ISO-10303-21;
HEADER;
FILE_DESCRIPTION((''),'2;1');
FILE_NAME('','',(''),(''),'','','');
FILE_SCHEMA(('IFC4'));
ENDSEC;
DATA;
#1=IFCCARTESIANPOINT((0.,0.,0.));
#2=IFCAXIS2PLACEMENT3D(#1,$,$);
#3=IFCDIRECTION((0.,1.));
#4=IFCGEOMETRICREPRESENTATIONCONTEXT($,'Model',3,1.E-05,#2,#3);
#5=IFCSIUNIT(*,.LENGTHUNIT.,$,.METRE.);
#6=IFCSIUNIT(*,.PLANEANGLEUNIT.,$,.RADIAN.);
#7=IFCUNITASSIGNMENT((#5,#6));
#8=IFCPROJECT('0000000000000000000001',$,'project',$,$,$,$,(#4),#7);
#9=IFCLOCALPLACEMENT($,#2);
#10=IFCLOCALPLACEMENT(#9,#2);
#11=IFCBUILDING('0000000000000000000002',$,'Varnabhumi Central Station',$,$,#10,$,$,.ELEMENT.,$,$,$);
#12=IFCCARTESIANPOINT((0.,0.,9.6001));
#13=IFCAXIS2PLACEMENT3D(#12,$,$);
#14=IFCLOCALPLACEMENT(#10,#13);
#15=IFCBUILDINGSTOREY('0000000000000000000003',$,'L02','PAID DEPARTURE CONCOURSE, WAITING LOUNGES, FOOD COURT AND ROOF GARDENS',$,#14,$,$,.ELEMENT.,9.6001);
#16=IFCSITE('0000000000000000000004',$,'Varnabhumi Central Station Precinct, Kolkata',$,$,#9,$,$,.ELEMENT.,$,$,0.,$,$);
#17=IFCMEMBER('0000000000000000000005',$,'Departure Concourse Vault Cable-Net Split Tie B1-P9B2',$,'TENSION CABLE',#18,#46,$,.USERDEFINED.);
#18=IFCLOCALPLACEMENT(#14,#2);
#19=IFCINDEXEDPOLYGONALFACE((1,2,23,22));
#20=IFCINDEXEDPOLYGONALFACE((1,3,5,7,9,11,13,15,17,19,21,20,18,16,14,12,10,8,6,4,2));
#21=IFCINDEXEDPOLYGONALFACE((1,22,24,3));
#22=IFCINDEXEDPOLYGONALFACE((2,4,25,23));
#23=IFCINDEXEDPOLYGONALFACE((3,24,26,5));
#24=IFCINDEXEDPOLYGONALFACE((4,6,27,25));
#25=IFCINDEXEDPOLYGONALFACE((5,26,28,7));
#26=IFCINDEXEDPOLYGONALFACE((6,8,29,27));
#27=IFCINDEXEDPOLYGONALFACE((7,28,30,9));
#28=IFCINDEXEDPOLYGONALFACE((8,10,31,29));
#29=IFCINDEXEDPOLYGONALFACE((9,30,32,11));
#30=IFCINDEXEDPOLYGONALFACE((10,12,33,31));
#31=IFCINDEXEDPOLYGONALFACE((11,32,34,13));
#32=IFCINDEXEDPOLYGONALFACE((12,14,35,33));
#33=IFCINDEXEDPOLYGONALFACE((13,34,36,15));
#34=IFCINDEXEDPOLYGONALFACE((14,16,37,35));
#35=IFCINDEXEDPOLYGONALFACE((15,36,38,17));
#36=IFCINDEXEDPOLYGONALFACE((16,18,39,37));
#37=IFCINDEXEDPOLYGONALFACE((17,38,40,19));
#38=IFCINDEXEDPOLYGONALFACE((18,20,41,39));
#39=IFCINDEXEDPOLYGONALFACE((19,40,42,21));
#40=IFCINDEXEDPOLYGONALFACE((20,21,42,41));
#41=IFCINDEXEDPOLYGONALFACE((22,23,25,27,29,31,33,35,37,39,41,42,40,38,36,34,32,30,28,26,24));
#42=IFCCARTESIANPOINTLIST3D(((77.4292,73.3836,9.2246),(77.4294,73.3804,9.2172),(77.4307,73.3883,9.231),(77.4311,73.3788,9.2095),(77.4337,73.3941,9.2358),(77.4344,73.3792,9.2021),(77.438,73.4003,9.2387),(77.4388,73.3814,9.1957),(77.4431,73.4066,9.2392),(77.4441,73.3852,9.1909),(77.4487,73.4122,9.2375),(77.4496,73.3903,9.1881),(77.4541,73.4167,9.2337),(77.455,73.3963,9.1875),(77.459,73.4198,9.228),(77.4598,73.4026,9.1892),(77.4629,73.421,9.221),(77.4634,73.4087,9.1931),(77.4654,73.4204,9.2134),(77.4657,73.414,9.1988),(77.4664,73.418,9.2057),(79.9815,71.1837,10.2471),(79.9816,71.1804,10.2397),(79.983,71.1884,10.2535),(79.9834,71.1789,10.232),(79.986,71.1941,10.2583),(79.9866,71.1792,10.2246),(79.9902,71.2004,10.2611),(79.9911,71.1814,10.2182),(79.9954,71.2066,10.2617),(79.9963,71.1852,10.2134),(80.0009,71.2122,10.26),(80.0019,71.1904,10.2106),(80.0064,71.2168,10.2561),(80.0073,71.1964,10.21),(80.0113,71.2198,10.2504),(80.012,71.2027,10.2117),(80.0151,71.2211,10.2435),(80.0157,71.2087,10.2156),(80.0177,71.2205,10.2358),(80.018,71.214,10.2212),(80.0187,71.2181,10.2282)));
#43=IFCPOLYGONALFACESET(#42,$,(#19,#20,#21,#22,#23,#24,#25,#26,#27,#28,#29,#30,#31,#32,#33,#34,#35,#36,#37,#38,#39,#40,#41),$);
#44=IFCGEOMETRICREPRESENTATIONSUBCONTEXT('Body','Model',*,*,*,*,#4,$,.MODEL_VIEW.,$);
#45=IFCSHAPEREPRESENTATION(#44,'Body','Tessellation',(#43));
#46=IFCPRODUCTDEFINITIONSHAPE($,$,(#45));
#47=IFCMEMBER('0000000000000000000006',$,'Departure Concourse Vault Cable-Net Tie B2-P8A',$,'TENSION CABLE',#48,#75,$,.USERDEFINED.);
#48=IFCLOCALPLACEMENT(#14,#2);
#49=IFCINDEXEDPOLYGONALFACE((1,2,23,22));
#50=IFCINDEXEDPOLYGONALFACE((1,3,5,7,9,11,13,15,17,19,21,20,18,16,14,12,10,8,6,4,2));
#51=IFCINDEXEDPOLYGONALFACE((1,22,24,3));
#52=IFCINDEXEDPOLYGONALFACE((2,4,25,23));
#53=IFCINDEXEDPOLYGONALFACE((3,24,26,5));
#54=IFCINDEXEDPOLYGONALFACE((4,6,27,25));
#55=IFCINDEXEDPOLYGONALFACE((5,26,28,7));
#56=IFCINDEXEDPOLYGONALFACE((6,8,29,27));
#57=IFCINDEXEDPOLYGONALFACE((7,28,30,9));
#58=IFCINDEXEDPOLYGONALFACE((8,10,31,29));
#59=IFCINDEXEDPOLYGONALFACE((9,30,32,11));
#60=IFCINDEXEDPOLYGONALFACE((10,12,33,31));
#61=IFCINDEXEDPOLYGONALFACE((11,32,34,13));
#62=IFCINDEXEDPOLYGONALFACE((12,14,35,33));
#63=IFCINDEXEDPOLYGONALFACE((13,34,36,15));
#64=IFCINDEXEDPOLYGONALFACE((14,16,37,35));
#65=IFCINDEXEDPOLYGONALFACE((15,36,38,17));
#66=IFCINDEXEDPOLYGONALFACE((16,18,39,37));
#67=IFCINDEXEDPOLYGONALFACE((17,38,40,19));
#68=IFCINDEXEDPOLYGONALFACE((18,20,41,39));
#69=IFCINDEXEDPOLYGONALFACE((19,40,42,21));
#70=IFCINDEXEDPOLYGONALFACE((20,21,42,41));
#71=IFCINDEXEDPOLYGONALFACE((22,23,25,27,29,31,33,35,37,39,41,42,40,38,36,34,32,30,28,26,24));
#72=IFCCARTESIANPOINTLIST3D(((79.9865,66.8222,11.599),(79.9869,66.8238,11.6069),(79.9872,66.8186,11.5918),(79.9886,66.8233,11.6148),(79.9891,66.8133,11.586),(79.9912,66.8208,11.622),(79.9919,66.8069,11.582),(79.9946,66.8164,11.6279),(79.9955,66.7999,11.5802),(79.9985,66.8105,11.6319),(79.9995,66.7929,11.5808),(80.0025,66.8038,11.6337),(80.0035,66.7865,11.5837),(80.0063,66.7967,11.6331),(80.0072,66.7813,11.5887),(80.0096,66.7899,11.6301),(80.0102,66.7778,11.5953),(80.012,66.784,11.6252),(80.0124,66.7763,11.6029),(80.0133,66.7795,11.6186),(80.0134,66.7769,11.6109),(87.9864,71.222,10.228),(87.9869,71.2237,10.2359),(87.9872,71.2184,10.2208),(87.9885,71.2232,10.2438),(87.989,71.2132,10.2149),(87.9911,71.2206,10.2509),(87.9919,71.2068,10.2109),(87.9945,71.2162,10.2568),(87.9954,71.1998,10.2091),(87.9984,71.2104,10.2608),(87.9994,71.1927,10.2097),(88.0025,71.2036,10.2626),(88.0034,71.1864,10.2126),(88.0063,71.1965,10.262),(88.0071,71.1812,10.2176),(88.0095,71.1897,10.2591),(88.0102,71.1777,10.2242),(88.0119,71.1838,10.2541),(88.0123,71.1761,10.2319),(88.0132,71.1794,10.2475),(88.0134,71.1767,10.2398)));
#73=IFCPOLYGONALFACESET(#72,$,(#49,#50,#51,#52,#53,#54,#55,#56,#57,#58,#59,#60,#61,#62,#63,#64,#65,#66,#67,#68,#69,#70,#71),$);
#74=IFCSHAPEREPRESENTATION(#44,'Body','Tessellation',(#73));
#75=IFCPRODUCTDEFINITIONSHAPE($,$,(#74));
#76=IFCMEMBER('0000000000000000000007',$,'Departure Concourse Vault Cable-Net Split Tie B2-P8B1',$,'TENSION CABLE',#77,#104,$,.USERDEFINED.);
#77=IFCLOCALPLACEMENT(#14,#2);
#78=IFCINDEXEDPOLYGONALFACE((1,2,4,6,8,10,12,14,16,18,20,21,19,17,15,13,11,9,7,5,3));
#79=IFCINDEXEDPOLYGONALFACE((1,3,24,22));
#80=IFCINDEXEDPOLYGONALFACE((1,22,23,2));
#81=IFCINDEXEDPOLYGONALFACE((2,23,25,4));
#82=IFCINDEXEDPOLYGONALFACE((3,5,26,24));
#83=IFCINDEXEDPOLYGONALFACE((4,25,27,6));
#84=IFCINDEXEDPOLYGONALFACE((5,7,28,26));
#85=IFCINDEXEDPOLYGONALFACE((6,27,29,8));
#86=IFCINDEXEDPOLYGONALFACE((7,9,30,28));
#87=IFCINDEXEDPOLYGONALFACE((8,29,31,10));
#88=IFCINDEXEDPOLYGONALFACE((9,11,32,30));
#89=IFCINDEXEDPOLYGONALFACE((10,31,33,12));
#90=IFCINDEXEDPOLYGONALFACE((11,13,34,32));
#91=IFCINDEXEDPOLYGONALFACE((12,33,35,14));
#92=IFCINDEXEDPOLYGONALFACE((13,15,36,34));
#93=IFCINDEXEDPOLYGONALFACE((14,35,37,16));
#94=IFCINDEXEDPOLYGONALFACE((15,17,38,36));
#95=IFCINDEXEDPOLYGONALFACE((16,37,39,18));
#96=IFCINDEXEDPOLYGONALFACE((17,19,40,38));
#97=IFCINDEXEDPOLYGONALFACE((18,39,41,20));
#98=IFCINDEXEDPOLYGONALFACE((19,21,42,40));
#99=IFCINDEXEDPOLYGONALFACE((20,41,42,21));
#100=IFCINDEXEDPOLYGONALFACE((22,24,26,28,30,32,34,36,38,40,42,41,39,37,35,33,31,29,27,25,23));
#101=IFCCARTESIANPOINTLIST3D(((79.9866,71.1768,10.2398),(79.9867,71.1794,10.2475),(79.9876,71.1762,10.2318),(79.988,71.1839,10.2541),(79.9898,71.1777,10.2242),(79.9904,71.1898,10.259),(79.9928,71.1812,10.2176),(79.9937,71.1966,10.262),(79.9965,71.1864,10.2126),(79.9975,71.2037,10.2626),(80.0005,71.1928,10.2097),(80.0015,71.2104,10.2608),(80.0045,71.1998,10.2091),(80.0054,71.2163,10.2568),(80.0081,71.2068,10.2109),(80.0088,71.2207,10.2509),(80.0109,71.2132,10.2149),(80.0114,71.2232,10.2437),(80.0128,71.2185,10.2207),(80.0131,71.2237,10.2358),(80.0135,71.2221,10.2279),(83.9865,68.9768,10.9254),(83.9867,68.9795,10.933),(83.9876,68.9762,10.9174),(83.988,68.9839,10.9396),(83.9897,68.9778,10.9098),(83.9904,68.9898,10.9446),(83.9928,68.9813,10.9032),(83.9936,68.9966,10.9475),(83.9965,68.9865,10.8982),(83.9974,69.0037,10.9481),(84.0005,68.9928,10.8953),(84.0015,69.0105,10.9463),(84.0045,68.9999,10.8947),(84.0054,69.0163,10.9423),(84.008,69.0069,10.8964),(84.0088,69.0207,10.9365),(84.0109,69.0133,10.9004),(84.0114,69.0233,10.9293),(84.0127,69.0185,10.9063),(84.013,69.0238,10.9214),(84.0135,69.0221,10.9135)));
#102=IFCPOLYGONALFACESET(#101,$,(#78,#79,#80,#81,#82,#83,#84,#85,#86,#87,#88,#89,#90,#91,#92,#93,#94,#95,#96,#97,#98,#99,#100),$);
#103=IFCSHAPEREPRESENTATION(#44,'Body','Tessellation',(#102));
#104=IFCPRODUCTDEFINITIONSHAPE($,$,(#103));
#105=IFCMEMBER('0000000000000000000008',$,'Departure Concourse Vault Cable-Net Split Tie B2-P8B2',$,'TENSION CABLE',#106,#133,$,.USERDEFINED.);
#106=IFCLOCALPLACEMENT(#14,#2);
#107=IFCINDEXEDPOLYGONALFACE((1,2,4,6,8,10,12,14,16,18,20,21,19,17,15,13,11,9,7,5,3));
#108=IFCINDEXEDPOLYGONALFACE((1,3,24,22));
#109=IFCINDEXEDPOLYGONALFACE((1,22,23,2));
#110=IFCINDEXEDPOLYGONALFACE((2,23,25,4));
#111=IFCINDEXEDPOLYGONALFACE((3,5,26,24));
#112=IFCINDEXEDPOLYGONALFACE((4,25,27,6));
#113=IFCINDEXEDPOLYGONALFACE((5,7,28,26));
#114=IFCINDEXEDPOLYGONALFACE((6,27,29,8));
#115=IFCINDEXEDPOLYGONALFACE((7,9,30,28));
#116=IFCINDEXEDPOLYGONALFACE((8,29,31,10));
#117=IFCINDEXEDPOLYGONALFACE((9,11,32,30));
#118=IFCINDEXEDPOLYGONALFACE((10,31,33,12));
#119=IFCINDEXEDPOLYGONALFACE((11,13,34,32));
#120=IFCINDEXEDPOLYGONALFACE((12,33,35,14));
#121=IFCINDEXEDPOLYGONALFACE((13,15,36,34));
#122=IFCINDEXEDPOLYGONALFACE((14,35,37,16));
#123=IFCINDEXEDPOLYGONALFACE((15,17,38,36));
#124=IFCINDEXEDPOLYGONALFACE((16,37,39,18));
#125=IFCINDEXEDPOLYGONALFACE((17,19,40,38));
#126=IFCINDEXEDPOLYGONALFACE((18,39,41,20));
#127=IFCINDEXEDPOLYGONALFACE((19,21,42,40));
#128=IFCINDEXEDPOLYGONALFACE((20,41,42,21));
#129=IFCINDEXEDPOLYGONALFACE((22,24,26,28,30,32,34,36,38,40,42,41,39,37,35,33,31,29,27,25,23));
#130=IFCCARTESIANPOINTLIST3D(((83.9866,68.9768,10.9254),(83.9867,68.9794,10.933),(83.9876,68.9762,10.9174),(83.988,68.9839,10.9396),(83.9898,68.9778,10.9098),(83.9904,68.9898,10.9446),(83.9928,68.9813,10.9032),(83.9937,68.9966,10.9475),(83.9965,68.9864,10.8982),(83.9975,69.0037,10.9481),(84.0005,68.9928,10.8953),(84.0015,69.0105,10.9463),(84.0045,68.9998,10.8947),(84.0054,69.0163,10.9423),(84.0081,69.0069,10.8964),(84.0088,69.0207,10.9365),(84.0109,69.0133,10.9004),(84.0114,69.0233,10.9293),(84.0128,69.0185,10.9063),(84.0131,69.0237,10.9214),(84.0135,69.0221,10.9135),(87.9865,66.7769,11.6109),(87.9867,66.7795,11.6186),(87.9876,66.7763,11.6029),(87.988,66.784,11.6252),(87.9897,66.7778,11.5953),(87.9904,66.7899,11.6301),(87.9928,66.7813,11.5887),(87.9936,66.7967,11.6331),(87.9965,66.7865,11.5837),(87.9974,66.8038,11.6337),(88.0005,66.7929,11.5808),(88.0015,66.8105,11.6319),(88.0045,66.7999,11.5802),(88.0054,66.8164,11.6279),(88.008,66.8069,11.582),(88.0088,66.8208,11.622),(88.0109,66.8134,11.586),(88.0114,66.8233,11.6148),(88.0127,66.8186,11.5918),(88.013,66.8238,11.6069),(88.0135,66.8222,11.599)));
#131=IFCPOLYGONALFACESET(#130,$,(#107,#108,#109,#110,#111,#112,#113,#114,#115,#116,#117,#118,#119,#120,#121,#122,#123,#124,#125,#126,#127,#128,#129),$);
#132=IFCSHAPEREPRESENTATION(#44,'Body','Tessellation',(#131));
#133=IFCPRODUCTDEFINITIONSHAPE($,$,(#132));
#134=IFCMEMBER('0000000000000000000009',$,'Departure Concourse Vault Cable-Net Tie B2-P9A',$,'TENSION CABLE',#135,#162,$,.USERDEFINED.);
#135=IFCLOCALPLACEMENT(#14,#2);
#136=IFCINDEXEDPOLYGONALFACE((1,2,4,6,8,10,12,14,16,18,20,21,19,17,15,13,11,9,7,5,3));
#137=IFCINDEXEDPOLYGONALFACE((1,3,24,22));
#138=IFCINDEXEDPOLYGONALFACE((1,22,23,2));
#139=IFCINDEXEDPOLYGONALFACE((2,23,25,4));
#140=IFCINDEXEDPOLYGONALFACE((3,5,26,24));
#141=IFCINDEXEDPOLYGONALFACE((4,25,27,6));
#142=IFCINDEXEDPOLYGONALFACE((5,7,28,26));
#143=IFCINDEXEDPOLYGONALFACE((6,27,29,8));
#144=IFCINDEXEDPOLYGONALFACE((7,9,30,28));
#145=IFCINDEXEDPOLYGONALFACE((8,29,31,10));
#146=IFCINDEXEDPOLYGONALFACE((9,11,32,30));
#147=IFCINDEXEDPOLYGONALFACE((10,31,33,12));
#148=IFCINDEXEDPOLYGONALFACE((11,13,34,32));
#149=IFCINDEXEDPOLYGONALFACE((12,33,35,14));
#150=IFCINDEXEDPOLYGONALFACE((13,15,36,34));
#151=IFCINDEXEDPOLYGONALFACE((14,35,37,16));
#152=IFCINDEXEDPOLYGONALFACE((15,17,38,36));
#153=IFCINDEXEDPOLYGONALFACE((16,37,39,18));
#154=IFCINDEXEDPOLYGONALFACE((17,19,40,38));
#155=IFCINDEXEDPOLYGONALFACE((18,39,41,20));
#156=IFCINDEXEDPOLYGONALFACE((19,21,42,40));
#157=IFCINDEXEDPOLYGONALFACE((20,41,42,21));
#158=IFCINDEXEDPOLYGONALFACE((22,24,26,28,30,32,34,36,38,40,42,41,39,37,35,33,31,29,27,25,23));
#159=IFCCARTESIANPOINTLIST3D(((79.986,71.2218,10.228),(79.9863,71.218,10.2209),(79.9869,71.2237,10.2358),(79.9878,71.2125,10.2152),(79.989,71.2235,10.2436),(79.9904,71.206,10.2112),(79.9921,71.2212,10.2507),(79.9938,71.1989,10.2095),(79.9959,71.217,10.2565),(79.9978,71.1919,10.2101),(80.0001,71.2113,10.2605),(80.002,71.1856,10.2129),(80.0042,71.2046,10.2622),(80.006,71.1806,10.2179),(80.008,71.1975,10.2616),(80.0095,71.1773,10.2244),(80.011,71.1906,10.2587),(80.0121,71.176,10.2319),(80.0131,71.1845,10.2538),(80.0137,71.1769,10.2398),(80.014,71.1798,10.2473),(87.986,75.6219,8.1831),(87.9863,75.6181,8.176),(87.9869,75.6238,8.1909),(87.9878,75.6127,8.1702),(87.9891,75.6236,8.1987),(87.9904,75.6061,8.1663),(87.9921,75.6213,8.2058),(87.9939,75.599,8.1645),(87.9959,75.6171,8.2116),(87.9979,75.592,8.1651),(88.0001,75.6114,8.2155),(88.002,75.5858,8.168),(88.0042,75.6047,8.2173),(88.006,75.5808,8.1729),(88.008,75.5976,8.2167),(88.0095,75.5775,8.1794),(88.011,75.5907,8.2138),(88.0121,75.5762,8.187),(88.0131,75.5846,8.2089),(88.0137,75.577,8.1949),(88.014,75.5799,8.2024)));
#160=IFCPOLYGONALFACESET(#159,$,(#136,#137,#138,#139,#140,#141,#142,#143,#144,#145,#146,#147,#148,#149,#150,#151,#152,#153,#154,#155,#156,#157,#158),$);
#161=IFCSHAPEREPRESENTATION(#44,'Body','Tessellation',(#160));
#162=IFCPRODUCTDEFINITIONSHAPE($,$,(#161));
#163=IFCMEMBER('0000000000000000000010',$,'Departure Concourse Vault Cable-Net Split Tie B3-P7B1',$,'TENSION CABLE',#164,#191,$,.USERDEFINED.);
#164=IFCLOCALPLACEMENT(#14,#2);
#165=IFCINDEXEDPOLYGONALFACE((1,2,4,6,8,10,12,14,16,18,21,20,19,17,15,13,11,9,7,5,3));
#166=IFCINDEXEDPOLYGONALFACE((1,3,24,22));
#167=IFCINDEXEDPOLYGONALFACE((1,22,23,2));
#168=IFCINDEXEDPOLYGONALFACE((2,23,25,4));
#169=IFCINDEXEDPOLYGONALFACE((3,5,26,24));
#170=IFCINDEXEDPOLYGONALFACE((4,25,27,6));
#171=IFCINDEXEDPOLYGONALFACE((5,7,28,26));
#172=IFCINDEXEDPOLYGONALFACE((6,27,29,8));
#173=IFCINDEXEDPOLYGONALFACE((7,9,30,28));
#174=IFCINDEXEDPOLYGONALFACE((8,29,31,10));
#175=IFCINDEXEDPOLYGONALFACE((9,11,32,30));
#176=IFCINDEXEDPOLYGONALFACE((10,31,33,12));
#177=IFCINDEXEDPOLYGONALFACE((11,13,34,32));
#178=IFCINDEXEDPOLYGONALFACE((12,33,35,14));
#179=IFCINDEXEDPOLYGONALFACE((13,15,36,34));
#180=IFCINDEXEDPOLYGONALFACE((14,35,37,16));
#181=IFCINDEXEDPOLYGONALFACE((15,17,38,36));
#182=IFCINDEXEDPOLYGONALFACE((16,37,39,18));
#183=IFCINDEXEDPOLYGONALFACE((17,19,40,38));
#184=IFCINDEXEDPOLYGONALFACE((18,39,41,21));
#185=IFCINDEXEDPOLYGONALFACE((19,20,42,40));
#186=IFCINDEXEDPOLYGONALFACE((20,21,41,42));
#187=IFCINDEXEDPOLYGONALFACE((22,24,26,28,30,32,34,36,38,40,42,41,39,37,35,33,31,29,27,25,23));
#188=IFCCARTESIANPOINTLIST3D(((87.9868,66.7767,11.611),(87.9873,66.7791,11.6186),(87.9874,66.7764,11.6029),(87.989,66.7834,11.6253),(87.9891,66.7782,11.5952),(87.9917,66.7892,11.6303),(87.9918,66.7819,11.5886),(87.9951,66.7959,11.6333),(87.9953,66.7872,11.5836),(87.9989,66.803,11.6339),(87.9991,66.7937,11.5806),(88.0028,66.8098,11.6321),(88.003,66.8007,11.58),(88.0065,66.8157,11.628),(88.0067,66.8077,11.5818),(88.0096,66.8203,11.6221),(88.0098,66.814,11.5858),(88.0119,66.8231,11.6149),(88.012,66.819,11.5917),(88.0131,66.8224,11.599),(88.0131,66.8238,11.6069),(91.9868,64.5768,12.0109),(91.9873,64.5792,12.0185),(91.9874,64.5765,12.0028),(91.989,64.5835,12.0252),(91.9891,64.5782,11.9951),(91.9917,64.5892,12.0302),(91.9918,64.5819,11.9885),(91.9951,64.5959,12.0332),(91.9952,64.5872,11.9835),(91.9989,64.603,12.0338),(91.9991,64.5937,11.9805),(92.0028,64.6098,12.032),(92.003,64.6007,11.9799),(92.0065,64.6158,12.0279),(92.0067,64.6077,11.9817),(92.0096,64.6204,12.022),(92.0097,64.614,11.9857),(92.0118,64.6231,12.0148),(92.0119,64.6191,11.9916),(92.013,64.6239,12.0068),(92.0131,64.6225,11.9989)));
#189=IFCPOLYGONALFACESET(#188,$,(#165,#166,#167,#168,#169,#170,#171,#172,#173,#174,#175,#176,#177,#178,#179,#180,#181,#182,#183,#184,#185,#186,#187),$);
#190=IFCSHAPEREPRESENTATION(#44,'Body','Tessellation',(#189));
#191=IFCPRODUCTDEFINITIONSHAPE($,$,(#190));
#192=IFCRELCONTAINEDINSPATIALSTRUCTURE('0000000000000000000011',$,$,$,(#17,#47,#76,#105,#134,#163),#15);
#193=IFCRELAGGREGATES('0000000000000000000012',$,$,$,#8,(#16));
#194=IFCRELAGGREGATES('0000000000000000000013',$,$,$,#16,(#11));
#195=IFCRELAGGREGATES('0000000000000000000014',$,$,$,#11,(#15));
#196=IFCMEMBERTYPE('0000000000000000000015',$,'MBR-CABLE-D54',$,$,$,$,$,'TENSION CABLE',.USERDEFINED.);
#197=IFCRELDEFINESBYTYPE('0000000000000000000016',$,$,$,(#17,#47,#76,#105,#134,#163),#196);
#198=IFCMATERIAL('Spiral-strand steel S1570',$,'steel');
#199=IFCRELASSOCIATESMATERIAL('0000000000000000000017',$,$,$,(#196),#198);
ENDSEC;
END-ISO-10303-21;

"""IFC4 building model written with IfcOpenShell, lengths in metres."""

from ifc_helpers import new_model, si_unit, direction, frame, origin, origin_2d, place, context, subcontext, project, spatial, circle, extrude, material, material_profile, profile_set, type_object, element, save


model = new_model("IFC4")

# Units and contexts
model_context = context("Model", 3, precision=1e-05, world=origin(), true_north=direction((0.0, 1.0)))
body_context = subcontext(model_context, "Body", "Model", "MODEL_VIEW")
ifc_project = project(units=[si_unit("LENGTHUNIT", "METRE"), si_unit("PLANEANGLEUNIT", "RADIAN")], contexts=[model_context])

# Site, building, storey
site_placement = place(None, origin())
site = spatial("IfcSite", under=ifc_project, at=site_placement, Name="Varnabhumi Central Station Precinct, Kolkata", CompositionType="ELEMENT", RefElevation=0.0)
building_placement = place(site_placement, origin())
building = spatial("IfcBuilding", under=site, at=building_placement, Name="Varnabhumi Central Station", CompositionType="ELEMENT")
storey_placement = place(building_placement, frame((0.0, 0.0, 9.6001)))
storey = spatial("IfcBuildingStorey", under=building, at=storey_placement, Name="L02", Description="PAID DEPARTURE CONCOURSE, WAITING LOUNGES, FOOD COURT AND ROOF GARDENS", CompositionType="ELEMENT", Elevation=9.6001)

# Members
ifc_material_1 = material(Name="Spiral-strand steel S1570", Category="steel")
ifc_material_profile_1 = material_profile(ifc_material_1, circle(Radius=0.0271, at=origin_2d()), Name="Spiral-strand steel S1570", Category="steel")
ifc_profile_set_1 = profile_set([ifc_material_profile_1], Name="Spiral-strand steel S1570")
member_type = type_object("IfcMemberType", Name="MBR-CABLE-D54", ElementType="TENSION CABLE", PredefinedType="USERDEFINED", material=ifc_profile_set_1)
member_1_placement = place(storey_placement, frame((77.4478, 73.3999, 9.2134), z_axis=(0.724813, -0.624765, 0.290369), x_axis=(0.652895, 0.757448, 0.0)))
element("IfcMember", 1, at=member_1_placement, inside=storey, type_object=member_type, Name="Departure Concourse Vault Cable-Net Split Tie B1-P9B2", ObjectType="TENSION CABLE", PredefinedType="USERDEFINED", context=body_context, shape_type="SweptSolid", body=[
    extrude(circle(Radius=0.0271, at=origin_2d()), origin(), (0.0, 0.0, 1.0), 3.5212),
])
member_2_placement = place(storey_placement, frame((80.0, 66.8, 11.6069), z_axis=(0.866504, 0.476567, -0.148507), x_axis=(-0.481911, 0.87622, 0.0)))
element("IfcMember", 2, at=member_2_placement, inside=storey, type_object=member_type, Name="Departure Concourse Vault Cable-Net Tie B2-P8A", ObjectType="TENSION CABLE", PredefinedType="USERDEFINED", context=body_context, shape_type="SweptSolid", body=[
    extrude(circle(Radius=0.0271, at=origin_2d()), origin(), (0.0, 0.0, 1.0), 9.2324),
])
for number, where, z_axis, x_axis, name in (
    (3, (80.0, 71.2, 10.2358), (0.866504, -0.476567, 0.148507), (0.481911, 0.87622, 0.0), "Departure Concourse Vault Cable-Net Split Tie B2-P8B1"),
    (4, (84.0, 69.0, 10.9214), (0.866504, -0.476567, 0.148507), (0.481911, 0.87622, 0.0), "Departure Concourse Vault Cable-Net Split Tie B2-P8B2"),
):
    element("IfcMember", number, at=place(storey_placement, frame(where, z_axis=z_axis, x_axis=x_axis)), inside=storey, type_object=member_type, Name=name, ObjectType="TENSION CABLE", PredefinedType="USERDEFINED", context=body_context, shape_type="SweptSolid", body=[
        extrude(circle(Radius=0.0271, at=origin_2d()), origin(), (0.0, 0.0, 1.0), 4.6162),
    ])
member_3_placement = place(storey_placement, frame((80.0, 71.2, 10.2358), z_axis=(0.855026, 0.47028, -0.218558), x_axis=(-0.481931, 0.876209, 0.0)))
element("IfcMember", 5, at=member_3_placement, inside=storey, type_object=member_type, Name="Departure Concourse Vault Cable-Net Tie B2-P9A", ObjectType="TENSION CABLE", PredefinedType="USERDEFINED", context=body_context, shape_type="SweptSolid", body=[
    extrude(circle(Radius=0.0271, at=origin_2d()), origin(), (0.0, 0.0, 1.0), 9.3564),
])
member_4_placement = place(storey_placement, frame((88.0, 66.8, 11.6069), z_axis=(0.872878, -0.480072, 0.087266), x_axis=(0.481911, 0.87622, 0.0)))
element("IfcMember", 6, at=member_4_placement, inside=storey, type_object=member_type, Name="Departure Concourse Vault Cable-Net Split Tie B3-P7B1", ObjectType="TENSION CABLE", PredefinedType="USERDEFINED", context=body_context, shape_type="SweptSolid", body=[
    extrude(circle(Radius=0.0271, at=origin_2d()), origin(), (0.0, 0.0, 1.0), 4.5825),
])

save(model, "model.ifc")
